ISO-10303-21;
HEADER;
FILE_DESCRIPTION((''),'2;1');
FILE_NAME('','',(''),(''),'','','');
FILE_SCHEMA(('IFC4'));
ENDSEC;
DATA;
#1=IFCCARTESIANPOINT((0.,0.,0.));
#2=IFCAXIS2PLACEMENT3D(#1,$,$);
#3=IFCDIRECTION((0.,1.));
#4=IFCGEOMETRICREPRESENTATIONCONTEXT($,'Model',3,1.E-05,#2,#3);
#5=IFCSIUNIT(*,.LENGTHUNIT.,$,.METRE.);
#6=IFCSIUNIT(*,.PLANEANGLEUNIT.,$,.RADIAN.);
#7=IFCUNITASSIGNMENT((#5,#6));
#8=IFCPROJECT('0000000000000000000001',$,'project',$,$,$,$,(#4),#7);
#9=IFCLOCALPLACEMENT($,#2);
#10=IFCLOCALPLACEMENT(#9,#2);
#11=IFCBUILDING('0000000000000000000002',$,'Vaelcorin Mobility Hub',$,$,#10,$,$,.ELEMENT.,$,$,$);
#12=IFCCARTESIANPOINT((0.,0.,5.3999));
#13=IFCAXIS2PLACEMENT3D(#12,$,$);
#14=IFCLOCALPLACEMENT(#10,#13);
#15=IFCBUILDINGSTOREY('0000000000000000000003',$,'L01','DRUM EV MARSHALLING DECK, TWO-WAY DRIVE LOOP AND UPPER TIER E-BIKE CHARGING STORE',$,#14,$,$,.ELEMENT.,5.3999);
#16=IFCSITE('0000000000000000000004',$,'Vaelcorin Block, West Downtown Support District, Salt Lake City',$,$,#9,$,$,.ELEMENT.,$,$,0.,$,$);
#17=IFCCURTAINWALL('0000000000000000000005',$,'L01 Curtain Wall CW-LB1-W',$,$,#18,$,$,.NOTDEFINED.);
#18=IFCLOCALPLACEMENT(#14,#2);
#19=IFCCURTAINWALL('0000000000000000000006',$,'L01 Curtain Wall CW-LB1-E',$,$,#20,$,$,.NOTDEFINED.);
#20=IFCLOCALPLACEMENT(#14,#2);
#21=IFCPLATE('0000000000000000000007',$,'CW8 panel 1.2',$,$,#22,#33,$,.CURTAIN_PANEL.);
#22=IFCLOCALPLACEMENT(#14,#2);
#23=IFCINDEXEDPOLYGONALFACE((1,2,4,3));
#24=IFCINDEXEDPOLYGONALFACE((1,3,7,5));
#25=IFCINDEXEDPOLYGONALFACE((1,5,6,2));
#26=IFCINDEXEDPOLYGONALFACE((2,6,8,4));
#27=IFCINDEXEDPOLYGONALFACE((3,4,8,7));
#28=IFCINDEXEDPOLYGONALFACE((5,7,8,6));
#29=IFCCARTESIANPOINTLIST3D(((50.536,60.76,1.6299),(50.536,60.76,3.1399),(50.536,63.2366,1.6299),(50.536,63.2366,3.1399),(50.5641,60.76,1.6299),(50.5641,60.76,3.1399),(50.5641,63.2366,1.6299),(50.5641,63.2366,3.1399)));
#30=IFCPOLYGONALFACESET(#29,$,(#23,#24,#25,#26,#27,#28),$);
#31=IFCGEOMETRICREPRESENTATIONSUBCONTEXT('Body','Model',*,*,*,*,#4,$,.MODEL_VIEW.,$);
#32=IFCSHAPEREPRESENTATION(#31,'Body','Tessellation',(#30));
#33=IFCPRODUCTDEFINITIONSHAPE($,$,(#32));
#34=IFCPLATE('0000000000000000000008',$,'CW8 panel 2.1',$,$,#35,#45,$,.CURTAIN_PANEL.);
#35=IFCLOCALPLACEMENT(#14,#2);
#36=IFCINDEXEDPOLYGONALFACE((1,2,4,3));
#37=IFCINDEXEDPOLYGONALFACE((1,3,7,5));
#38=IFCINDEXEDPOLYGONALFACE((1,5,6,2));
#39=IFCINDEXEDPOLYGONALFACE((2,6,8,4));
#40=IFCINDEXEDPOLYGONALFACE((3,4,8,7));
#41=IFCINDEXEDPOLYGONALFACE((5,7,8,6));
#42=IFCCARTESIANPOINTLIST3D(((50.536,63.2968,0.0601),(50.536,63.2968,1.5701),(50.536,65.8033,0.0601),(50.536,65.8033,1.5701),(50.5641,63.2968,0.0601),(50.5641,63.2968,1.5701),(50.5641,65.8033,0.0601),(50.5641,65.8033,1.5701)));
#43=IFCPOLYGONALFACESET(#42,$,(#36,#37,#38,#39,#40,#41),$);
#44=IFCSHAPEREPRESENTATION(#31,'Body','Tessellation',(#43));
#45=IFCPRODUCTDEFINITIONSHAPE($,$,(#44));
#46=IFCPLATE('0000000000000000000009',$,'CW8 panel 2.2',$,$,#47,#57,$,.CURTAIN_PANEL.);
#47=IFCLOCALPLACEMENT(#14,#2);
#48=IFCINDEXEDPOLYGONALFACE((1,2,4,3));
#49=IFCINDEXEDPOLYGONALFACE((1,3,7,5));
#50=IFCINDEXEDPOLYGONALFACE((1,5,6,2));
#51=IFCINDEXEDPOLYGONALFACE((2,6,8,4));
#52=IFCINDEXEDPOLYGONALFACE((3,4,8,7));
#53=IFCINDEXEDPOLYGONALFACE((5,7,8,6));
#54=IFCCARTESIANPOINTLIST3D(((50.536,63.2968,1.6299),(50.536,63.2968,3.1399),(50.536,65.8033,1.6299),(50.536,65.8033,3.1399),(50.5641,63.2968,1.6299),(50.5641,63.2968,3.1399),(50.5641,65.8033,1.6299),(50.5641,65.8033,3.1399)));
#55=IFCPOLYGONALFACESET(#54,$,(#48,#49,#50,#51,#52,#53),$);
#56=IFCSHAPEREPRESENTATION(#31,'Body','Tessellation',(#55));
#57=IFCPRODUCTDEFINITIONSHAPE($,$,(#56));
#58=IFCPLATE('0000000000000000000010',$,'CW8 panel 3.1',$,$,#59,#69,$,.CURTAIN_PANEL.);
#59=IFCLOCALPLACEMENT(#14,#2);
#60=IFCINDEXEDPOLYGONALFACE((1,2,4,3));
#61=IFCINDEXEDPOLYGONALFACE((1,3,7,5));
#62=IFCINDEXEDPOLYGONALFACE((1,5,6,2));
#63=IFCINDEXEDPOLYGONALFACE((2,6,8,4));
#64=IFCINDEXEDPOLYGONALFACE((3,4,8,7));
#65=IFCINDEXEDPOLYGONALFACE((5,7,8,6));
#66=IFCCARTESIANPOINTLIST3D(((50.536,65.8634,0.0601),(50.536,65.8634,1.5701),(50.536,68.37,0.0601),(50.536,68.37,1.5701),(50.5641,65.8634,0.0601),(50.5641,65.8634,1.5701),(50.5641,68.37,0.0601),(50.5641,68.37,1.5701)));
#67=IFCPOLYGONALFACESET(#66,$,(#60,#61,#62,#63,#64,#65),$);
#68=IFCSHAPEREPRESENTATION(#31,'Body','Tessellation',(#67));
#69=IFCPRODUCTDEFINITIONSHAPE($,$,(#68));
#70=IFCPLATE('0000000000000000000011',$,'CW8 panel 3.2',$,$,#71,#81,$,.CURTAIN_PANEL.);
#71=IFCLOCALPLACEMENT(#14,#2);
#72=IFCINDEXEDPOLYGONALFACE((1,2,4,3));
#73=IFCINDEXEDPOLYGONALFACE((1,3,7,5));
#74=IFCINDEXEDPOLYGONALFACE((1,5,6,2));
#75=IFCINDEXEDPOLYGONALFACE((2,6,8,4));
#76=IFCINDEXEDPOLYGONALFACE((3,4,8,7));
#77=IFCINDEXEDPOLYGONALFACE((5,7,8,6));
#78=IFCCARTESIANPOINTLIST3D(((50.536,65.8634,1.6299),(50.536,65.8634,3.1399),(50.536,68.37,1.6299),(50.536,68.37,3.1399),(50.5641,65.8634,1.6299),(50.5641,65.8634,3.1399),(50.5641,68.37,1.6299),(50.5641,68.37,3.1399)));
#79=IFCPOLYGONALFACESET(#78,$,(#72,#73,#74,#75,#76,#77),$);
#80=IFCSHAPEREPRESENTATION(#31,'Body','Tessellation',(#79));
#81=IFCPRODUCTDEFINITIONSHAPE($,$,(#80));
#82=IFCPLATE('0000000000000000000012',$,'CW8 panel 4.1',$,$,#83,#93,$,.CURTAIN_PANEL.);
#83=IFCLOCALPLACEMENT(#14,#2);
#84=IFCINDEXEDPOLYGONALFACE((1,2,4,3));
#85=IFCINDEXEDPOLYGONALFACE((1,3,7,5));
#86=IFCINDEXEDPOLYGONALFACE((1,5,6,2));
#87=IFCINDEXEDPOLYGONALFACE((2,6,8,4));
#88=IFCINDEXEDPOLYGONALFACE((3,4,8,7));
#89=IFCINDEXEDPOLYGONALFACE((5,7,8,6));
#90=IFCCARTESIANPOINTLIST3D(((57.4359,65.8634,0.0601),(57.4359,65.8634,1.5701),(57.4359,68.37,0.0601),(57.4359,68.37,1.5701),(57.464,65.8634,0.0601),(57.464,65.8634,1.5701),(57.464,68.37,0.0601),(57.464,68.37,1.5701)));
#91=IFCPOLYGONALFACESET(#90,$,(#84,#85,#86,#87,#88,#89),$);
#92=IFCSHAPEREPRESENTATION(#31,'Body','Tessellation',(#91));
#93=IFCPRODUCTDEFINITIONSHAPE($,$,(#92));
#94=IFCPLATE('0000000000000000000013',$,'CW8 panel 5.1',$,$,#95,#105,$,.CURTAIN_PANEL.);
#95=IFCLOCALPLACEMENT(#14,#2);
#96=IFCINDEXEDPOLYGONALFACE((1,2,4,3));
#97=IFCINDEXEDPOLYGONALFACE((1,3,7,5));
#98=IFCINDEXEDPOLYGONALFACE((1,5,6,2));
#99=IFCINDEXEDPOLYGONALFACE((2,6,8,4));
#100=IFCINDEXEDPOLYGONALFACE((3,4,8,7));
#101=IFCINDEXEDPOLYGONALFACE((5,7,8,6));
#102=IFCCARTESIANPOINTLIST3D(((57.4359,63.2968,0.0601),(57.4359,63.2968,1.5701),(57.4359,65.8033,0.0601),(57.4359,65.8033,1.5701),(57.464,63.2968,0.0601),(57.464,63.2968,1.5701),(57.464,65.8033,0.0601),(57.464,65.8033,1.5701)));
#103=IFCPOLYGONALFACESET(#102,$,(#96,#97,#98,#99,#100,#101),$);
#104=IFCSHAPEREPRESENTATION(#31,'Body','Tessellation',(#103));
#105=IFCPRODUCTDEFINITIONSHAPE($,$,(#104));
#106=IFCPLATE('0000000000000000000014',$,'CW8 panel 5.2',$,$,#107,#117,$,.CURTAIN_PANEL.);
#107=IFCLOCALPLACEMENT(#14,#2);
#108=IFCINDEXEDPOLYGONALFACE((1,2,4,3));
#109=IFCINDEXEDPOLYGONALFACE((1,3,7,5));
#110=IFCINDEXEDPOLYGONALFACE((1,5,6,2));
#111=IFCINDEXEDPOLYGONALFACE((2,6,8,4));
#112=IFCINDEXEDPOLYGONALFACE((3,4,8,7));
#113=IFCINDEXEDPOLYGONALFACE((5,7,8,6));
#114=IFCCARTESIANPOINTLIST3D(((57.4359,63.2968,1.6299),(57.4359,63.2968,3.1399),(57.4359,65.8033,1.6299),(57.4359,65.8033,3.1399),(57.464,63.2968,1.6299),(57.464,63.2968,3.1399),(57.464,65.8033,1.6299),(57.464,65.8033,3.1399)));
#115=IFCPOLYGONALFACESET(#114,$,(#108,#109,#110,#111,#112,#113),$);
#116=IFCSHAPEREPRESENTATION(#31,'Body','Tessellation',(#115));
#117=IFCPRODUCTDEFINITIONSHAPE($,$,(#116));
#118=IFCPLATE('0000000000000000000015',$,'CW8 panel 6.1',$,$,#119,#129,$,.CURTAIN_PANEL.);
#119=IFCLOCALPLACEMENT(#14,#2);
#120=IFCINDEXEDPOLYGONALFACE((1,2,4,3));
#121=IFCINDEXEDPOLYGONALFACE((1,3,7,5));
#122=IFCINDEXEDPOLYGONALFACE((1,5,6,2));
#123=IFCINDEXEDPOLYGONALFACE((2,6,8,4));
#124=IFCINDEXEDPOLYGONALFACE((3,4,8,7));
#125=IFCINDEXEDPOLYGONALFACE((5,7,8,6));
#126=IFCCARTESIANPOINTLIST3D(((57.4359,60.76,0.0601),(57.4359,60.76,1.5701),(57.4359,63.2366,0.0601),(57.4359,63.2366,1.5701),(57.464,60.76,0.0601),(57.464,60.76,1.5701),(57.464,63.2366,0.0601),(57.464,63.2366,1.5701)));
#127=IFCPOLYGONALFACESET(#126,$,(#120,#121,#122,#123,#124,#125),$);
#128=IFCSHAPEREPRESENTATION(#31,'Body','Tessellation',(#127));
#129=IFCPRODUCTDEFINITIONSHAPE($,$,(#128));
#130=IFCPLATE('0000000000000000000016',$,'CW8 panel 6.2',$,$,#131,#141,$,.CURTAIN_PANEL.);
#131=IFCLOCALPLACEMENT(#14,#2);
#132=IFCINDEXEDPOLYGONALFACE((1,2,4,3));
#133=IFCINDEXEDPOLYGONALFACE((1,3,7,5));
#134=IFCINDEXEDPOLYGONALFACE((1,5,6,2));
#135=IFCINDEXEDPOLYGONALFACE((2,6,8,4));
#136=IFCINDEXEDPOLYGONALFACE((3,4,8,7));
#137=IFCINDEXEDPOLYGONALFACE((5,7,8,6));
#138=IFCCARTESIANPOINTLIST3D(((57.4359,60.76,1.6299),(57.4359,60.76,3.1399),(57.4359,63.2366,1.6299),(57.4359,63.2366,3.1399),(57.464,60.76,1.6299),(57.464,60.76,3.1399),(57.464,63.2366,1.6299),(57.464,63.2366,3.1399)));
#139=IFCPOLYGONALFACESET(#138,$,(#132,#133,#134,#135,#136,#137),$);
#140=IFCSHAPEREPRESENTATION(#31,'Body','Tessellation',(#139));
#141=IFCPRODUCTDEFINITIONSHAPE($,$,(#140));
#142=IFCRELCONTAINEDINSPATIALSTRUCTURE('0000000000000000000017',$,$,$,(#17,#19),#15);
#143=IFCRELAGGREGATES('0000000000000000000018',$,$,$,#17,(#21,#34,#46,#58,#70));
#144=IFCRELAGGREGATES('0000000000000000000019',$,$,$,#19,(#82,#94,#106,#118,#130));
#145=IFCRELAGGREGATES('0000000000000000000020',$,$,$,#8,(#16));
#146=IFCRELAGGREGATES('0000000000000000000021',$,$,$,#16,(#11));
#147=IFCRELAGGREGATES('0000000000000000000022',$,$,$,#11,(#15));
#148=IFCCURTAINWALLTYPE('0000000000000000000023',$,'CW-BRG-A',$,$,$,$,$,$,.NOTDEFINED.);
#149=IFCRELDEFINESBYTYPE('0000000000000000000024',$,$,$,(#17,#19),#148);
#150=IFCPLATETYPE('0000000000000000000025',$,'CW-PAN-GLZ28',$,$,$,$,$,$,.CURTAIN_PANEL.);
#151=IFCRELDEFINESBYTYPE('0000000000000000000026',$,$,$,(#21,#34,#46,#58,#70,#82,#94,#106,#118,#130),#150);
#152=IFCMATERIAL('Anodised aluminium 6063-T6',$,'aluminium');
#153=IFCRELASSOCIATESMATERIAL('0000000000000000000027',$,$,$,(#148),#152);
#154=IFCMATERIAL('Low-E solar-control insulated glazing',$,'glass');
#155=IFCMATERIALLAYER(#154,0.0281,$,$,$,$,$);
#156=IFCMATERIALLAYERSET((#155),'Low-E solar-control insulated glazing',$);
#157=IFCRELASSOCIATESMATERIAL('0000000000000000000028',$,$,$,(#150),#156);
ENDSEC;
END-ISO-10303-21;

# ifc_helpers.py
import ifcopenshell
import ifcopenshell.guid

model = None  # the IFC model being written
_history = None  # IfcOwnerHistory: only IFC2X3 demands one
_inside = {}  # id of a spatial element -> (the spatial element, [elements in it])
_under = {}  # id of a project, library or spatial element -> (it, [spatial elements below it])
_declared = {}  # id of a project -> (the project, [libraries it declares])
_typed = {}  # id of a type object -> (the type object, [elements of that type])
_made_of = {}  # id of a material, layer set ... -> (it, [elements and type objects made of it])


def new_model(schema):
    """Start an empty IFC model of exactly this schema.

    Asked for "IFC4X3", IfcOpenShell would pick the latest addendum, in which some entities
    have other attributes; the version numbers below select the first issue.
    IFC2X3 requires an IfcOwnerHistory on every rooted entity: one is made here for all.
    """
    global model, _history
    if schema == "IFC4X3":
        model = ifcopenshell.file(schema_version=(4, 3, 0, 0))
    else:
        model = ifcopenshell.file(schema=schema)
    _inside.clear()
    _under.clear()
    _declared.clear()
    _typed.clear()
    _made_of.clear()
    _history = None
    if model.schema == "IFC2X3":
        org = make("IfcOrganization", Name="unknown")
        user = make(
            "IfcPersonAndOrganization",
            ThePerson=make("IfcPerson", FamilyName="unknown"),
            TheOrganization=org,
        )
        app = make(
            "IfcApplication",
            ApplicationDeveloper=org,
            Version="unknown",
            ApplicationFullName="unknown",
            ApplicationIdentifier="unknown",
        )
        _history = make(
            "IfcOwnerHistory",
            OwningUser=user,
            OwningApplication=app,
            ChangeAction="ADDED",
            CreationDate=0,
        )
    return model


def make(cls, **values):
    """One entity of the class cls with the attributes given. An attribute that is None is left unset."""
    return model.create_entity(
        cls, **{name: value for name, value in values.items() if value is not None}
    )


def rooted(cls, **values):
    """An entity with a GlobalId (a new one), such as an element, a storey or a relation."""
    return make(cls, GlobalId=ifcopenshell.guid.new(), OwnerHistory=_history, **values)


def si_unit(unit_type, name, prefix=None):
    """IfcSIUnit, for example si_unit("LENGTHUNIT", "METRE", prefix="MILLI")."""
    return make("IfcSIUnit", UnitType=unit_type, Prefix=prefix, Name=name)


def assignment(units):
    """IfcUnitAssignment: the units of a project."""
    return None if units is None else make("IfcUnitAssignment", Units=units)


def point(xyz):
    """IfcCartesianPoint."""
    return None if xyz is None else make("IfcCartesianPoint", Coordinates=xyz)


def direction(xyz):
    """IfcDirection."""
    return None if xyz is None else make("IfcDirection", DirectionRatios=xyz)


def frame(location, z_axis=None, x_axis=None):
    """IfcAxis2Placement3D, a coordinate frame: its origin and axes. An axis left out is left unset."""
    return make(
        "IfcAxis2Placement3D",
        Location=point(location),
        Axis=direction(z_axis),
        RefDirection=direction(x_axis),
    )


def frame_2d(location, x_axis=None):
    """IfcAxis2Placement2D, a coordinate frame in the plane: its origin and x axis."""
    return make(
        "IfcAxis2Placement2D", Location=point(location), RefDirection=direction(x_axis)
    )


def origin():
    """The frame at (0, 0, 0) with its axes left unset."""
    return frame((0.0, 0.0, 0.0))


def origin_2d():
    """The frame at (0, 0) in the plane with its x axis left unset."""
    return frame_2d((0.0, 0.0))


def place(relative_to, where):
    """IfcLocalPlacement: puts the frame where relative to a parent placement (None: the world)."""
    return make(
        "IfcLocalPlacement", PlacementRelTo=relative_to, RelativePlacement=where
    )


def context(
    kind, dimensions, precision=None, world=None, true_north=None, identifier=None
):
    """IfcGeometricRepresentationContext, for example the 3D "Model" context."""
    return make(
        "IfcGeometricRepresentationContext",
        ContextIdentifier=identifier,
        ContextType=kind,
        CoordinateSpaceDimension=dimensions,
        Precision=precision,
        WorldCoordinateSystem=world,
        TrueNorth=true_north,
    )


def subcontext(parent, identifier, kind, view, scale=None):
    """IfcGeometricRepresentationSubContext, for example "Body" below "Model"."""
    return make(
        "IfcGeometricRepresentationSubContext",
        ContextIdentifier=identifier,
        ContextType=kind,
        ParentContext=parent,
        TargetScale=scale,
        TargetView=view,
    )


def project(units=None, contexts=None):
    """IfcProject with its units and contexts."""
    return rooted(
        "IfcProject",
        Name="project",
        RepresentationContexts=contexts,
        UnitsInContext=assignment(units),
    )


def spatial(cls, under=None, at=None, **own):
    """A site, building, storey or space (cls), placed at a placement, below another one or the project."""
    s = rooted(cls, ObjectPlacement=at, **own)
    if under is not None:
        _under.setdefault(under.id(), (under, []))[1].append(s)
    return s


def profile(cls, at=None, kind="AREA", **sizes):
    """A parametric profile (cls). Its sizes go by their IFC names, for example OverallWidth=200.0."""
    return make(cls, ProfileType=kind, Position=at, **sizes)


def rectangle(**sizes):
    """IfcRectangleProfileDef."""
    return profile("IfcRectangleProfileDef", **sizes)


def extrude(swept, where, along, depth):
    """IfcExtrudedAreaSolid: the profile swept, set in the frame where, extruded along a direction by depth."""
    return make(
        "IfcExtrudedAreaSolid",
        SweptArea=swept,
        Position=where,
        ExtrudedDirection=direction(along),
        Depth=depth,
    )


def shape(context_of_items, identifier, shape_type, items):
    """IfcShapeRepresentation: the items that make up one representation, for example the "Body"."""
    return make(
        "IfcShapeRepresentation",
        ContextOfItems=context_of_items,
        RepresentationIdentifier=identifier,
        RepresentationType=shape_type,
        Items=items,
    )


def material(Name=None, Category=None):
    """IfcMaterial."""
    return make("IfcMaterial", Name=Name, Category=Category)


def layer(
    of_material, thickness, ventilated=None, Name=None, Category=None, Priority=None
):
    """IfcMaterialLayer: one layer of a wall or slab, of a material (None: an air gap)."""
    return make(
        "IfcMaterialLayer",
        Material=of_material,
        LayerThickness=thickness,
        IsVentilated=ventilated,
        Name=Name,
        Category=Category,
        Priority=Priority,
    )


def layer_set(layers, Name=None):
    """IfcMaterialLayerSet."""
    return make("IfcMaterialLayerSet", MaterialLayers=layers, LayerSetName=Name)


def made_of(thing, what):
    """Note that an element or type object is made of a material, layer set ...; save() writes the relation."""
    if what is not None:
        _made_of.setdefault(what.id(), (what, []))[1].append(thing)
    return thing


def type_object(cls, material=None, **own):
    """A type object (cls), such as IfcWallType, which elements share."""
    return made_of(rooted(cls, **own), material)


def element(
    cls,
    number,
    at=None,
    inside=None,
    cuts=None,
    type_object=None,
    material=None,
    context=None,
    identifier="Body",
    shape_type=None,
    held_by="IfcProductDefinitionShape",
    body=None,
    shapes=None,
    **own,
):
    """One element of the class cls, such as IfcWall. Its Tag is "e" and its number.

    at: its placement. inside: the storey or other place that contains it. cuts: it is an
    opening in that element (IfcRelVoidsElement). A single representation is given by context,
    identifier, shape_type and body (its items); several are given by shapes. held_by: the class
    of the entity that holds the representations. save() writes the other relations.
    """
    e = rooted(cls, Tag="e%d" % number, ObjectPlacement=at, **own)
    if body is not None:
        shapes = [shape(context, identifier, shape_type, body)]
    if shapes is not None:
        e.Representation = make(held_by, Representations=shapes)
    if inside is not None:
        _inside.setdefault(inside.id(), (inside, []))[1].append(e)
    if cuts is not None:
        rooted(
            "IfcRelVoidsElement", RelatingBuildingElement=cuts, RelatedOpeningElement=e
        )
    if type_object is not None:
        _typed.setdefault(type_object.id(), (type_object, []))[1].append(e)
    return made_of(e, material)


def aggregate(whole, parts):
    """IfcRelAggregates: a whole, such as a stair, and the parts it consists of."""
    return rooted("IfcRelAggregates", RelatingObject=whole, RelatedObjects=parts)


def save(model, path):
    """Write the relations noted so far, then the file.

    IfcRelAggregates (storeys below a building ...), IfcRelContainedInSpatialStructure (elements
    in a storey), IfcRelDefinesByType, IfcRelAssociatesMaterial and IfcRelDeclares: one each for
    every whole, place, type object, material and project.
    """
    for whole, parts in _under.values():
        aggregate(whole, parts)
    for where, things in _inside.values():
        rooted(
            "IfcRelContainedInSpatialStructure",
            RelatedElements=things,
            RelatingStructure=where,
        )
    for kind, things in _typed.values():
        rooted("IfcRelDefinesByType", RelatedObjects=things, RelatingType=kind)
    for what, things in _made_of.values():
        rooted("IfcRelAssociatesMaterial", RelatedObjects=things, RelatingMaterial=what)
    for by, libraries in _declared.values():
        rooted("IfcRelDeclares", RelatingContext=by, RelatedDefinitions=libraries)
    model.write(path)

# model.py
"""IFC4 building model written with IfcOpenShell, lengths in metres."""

from ifc_helpers import new_model, si_unit, direction, frame, origin, origin_2d, place, context, subcontext, project, spatial, rectangle, extrude, material, layer, layer_set, type_object, element, aggregate, save


model = new_model("IFC4")

# Units and contexts
model_context = context("Model", 3, precision=1e-05, world=origin(), true_north=direction((0.0, 1.0)))
body_context = subcontext(model_context, "Body", "Model", "MODEL_VIEW")
ifc_project = project(units=[si_unit("LENGTHUNIT", "METRE"), si_unit("PLANEANGLEUNIT", "RADIAN")], contexts=[model_context])

# Site, building, storey
site_placement = place(None, origin())
site = spatial("IfcSite", under=ifc_project, at=site_placement, Name="Vaelcorin Block, West Downtown Support District, Salt Lake City", CompositionType="ELEMENT", RefElevation=0.0)
building_placement = place(site_placement, origin())
building = spatial("IfcBuilding", under=site, at=building_placement, Name="Vaelcorin Mobility Hub", CompositionType="ELEMENT")
storey_placement = place(building_placement, frame((0.0, 0.0, 5.3999)))
storey = spatial("IfcBuildingStorey", under=building, at=storey_placement, Name="L01", Description="DRUM EV MARSHALLING DECK, TWO-WAY DRIVE LOOP AND UPPER TIER E-BIKE CHARGING STORE", CompositionType="ELEMENT", Elevation=5.3999)

# Curtain walls
ifc_material_1 = material(Name="Anodised aluminium 6063-T6", Category="aluminium")
curtain_wall_type = type_object("IfcCurtainWallType", Name="CW-BRG-A", PredefinedType="NOTDEFINED", material=ifc_material_1)
curtain_wall_1_placement = place(storey_placement, origin())
curtain_wall_1 = element("IfcCurtainWall", 1, at=curtain_wall_1_placement, inside=storey, type_object=curtain_wall_type, Name="L01 Curtain Wall CW-LB1-W", PredefinedType="NOTDEFINED")
curtain_wall_2_placement = place(storey_placement, origin())
curtain_wall_2 = element("IfcCurtainWall", 2, at=curtain_wall_2_placement, inside=storey, type_object=curtain_wall_type, Name="L01 Curtain Wall CW-LB1-E", PredefinedType="NOTDEFINED")

# Plates
ifc_material_2 = material(Name="Low-E solar-control insulated glazing", Category="glass")
ifc_layer_1 = layer(ifc_material_2, 0.0281)
ifc_layer_set_1 = layer_set([ifc_layer_1], Name="Low-E solar-control insulated glazing")
plate_type = type_object("IfcPlateType", Name="CW-PAN-GLZ28", PredefinedType="CURTAIN_PANEL", material=ifc_layer_set_1)
plate_1_placement = place(storey_placement, frame((50.55, 61.9983, 1.6299), z_axis=(0.0, 0.0, 1.0), x_axis=(0.0, 1.0, 0.0)))
plate_1 = element("IfcPlate", 3, at=plate_1_placement, type_object=plate_type, Name="CW8 panel 1.2", PredefinedType="CURTAIN_PANEL", context=body_context, shape_type="SweptSolid", body=[
    extrude(rectangle(XDim=2.4766, YDim=0.0281, at=origin_2d()), origin(), (0.0, 0.0, 1.0), 1.51),
])
plate_2_placement = place(storey_placement, frame((50.55, 64.55, 0.0601), z_axis=(0.0, 0.0, 1.0), x_axis=(0.0, 1.0, 0.0)))
plate_2 = element("IfcPlate", 4, at=plate_2_placement, type_object=plate_type, Name="CW8 panel 2.1", PredefinedType="CURTAIN_PANEL", context=body_context, shape_type="SweptSolid", body=[
    extrude(rectangle(XDim=2.5066, YDim=0.0281, at=origin_2d()), origin(), (0.0, 0.0, 1.0), 1.51),
])
plate_3_placement = place(storey_placement, frame((50.55, 64.55, 1.6299), z_axis=(0.0, 0.0, 1.0), x_axis=(0.0, 1.0, 0.0)))
plate_3 = element("IfcPlate", 5, at=plate_3_placement, type_object=plate_type, Name="CW8 panel 2.2", PredefinedType="CURTAIN_PANEL", context=body_context, shape_type="SweptSolid", body=[
    extrude(rectangle(XDim=2.5066, YDim=0.0281, at=origin_2d()), origin(), (0.0, 0.0, 1.0), 1.51),
])
plate_4_placement = place(storey_placement, frame((50.55, 67.1167, 0.0601), z_axis=(0.0, 0.0, 1.0), x_axis=(0.0, 1.0, 0.0)))
plate_4 = element("IfcPlate", 6, at=plate_4_placement, type_object=plate_type, Name="CW8 panel 3.1", PredefinedType="CURTAIN_PANEL", context=body_context, shape_type="SweptSolid", body=[
    extrude(rectangle(XDim=2.5066, YDim=0.0281, at=origin_2d()), origin(), (0.0, 0.0, 1.0), 1.51),
])
plate_5_placement = place(storey_placement, frame((50.55, 67.1167, 1.6299), z_axis=(0.0, 0.0, 1.0), x_axis=(0.0, 1.0, 0.0)))
plate_5 = element("IfcPlate", 7, at=plate_5_placement, type_object=plate_type, Name="CW8 panel 3.2", PredefinedType="CURTAIN_PANEL", context=body_context, shape_type="SweptSolid", body=[
    extrude(rectangle(XDim=2.5066, YDim=0.0281, at=origin_2d()), origin(), (0.0, 0.0, 1.0), 1.51),
])
aggregate(curtain_wall_1, [plate_1, plate_2, plate_3, plate_4, plate_5])
plate_6_placement = place(storey_placement, frame((57.45, 67.1167, 0.0601), z_axis=(0.0, 0.0, 1.0), x_axis=(0.0, -1.0, 0.0)))
plate_6 = element("IfcPlate", 8, at=plate_6_placement, type_object=plate_type, Name="CW8 panel 4.1", PredefinedType="CURTAIN_PANEL", context=body_context, shape_type="SweptSolid", body=[
    extrude(rectangle(XDim=2.5066, YDim=0.0281, at=origin_2d()), origin(), (0.0, 0.0, 1.0), 1.51),
])
plate_7_placement = place(storey_placement, frame((57.45, 64.55, 0.0601), z_axis=(0.0, 0.0, 1.0), x_axis=(0.0, -1.0, 0.0)))
plate_7 = element("IfcPlate", 9, at=plate_7_placement, type_object=plate_type, Name="CW8 panel 5.1", PredefinedType="CURTAIN_PANEL", context=body_context, shape_type="SweptSolid", body=[
    extrude(rectangle(XDim=2.5066, YDim=0.0281, at=origin_2d()), origin(), (0.0, 0.0, 1.0), 1.51),
])
plate_8_placement = place(storey_placement, frame((57.45, 64.55, 1.6299), z_axis=(0.0, 0.0, 1.0), x_axis=(0.0, -1.0, 0.0)))
plate_8 = element("IfcPlate", 10, at=plate_8_placement, type_object=plate_type, Name="CW8 panel 5.2", PredefinedType="CURTAIN_PANEL", context=body_context, shape_type="SweptSolid", body=[
    extrude(rectangle(XDim=2.5066, YDim=0.0281, at=origin_2d()), origin(), (0.0, 0.0, 1.0), 1.51),
])
plate_9_placement = place(storey_placement, frame((57.45, 61.9983, 0.0601), z_axis=(0.0, 0.0, 1.0), x_axis=(0.0, -1.0, 0.0)))
plate_9 = element("IfcPlate", 11, at=plate_9_placement, type_object=plate_type, Name="CW8 panel 6.1", PredefinedType="CURTAIN_PANEL", context=body_context, shape_type="SweptSolid", body=[
    extrude(rectangle(XDim=2.4766, YDim=0.0281, at=origin_2d()), origin(), (0.0, 0.0, 1.0), 1.51),
])
plate_10_placement = place(storey_placement, frame((57.45, 61.9983, 1.6299), z_axis=(0.0, 0.0, 1.0), x_axis=(0.0, -1.0, 0.0)))
plate_10 = element("IfcPlate", 12, at=plate_10_placement, type_object=plate_type, Name="CW8 panel 6.2", PredefinedType="CURTAIN_PANEL", context=body_context, shape_type="SweptSolid", body=[
    extrude(rectangle(XDim=2.4766, YDim=0.0281, at=origin_2d()), origin(), (0.0, 0.0, 1.0), 1.51),
])
aggregate(curtain_wall_2, [plate_6, plate_7, plate_8, plate_9, plate_10])

save(model, "model.ifc")
